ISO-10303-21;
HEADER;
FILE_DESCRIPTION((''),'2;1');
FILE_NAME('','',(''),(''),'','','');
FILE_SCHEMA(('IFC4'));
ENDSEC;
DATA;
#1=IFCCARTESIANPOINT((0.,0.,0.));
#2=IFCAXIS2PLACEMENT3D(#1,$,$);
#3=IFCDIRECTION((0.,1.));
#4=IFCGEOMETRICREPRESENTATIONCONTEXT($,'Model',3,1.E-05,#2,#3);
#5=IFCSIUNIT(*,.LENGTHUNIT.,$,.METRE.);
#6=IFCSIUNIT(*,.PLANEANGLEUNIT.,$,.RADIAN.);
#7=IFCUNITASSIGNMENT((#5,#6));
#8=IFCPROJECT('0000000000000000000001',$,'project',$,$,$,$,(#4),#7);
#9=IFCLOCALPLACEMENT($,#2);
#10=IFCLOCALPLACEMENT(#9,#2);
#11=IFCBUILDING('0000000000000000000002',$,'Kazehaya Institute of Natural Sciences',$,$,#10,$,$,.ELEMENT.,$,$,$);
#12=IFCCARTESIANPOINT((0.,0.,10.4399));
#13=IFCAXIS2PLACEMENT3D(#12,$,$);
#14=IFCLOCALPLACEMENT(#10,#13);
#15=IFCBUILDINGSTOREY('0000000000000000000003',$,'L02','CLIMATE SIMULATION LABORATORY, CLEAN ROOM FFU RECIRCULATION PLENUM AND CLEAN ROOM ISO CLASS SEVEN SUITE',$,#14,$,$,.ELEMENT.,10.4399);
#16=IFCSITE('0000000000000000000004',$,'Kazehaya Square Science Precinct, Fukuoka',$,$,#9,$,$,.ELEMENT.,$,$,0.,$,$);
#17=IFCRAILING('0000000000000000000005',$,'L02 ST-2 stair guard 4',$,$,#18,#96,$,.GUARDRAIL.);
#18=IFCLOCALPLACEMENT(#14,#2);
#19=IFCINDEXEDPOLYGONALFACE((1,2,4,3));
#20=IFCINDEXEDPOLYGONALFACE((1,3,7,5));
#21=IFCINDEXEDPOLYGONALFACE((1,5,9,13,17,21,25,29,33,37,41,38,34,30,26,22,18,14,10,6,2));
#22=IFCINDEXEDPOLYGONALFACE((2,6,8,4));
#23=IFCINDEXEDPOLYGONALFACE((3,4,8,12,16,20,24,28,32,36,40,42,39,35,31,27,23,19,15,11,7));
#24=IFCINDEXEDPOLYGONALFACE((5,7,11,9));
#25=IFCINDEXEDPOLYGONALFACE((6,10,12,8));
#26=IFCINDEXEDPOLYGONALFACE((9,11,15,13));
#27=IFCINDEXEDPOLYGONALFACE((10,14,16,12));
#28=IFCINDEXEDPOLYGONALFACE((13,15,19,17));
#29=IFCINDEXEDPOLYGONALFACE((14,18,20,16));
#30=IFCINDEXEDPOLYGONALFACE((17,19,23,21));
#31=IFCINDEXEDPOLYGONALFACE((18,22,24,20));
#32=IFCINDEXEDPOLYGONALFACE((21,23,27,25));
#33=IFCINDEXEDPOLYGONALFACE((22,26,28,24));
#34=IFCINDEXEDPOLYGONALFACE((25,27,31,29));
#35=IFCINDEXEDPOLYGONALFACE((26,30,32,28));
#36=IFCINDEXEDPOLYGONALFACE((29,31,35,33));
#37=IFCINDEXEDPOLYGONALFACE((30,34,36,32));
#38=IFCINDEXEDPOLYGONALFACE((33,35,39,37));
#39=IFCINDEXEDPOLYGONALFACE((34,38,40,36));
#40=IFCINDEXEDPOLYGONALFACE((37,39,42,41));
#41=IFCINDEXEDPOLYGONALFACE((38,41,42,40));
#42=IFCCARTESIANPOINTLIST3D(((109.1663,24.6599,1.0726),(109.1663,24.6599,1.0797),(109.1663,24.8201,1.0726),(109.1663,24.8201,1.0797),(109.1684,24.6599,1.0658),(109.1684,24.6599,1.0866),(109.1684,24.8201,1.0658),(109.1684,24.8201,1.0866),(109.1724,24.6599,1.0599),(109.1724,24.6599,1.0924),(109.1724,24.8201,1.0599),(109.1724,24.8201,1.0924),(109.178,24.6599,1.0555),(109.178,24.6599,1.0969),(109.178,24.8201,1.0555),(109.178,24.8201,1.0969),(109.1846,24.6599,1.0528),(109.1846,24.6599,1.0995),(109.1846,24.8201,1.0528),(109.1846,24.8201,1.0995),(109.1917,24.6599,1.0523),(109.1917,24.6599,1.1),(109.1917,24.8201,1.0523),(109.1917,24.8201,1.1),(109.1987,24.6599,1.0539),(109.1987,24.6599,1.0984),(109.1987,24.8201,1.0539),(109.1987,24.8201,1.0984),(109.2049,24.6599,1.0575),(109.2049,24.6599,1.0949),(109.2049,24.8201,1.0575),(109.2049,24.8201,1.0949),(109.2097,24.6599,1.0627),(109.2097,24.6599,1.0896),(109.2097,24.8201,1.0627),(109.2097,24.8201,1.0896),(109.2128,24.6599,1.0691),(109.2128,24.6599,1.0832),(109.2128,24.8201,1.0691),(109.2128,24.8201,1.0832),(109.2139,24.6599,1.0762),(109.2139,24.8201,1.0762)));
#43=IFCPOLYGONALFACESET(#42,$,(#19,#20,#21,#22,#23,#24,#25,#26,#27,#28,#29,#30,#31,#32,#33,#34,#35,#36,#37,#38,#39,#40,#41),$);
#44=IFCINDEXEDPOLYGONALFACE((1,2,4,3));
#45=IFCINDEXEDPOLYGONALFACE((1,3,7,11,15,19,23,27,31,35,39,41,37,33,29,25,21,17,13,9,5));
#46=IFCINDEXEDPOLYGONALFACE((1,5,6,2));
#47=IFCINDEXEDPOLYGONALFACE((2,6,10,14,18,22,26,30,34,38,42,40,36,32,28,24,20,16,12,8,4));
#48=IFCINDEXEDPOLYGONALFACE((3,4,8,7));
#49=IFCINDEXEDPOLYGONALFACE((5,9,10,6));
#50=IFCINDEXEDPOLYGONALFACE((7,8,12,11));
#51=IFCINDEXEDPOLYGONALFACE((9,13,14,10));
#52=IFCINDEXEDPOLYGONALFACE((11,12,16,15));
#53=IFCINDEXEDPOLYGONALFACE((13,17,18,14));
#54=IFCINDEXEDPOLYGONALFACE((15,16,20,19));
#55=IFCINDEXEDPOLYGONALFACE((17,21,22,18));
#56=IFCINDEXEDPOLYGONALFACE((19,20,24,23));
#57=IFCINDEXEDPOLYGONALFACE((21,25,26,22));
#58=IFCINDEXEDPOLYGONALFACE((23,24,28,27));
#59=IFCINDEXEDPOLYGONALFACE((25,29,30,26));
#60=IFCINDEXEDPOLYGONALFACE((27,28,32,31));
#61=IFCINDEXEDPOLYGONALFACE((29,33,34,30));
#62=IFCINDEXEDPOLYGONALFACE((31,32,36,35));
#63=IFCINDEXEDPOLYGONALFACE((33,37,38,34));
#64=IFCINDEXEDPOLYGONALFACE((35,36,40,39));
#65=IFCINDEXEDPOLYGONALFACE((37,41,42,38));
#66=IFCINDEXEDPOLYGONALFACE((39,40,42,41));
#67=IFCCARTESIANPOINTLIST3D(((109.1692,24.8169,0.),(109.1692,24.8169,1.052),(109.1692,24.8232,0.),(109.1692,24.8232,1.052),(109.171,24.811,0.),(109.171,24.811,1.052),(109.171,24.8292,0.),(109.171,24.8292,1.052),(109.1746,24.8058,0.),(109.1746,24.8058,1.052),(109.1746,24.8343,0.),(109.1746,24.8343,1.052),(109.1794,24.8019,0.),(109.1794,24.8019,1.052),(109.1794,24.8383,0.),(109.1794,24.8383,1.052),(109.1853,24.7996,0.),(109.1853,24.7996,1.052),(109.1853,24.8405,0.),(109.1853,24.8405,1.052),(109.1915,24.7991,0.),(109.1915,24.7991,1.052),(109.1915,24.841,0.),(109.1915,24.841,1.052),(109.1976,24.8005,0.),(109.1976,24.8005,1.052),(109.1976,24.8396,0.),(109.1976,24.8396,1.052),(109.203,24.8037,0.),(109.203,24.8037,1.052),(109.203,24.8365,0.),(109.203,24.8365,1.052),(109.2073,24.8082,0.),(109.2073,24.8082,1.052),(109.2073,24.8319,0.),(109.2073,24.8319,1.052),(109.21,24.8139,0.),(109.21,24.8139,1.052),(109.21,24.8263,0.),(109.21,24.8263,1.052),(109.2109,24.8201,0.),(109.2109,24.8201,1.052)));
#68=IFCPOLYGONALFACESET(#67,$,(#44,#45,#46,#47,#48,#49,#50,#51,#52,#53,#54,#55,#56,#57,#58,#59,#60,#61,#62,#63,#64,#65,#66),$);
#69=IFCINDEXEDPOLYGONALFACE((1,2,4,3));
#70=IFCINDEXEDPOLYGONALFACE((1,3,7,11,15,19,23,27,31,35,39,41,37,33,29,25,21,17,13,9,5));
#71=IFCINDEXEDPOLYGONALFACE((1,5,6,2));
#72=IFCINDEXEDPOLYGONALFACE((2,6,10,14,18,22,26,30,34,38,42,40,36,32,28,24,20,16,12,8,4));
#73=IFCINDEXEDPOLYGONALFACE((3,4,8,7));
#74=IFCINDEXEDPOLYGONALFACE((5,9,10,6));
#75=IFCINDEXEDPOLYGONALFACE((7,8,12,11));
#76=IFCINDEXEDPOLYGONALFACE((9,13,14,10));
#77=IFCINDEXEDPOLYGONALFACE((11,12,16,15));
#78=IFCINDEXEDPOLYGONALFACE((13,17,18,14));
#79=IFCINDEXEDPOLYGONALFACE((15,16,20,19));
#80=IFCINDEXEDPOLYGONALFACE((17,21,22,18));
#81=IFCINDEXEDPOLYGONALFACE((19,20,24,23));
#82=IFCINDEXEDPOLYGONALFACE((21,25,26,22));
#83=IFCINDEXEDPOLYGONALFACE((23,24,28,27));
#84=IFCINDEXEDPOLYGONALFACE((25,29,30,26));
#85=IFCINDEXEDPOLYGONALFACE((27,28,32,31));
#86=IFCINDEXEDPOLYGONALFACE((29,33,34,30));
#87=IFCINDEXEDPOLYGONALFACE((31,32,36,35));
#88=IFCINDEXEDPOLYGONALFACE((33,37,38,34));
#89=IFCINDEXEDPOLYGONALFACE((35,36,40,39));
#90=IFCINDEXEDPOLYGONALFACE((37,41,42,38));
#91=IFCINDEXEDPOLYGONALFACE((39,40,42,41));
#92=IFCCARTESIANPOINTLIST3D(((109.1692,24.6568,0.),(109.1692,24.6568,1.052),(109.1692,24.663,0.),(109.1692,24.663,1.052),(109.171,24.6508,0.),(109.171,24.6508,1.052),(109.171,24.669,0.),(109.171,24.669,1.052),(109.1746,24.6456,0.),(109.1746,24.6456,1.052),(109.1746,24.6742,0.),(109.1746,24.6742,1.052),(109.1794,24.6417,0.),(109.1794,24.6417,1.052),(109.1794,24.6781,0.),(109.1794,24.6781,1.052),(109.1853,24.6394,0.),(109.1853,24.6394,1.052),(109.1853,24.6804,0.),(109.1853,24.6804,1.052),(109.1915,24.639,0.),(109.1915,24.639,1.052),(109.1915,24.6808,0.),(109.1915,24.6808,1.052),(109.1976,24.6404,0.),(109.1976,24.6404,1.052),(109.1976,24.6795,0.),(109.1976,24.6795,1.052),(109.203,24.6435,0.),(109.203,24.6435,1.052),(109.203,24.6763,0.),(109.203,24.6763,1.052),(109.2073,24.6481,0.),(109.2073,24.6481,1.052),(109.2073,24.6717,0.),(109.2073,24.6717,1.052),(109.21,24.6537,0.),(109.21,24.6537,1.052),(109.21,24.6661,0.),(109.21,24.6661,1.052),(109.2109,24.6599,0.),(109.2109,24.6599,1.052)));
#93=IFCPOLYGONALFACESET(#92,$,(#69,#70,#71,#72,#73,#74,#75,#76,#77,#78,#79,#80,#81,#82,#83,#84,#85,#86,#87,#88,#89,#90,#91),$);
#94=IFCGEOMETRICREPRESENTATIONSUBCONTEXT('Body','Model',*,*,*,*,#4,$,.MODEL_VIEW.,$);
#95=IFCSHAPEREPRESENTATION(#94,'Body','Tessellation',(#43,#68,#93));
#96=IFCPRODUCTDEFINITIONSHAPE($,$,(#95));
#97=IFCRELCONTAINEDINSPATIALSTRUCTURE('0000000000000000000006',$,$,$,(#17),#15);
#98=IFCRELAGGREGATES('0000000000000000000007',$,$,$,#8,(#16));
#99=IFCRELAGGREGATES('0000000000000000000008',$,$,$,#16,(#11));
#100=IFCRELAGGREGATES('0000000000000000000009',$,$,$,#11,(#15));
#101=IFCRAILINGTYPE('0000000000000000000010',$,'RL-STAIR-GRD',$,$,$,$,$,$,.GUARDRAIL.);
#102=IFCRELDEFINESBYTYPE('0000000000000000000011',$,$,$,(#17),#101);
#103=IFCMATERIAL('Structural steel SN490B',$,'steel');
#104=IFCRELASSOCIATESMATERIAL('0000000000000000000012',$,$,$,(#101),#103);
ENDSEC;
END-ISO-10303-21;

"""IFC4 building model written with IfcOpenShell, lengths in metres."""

from ifc_helpers import new_model, si_unit, direction, frame, origin, origin_2d, place, context, subcontext, project, spatial, circle, extrude, material, type_object, element, save


model = new_model("IFC4")

# Units and contexts
model_context = context("Model", 3, precision=1e-05, world=origin(), true_north=direction((0.0, 1.0)))
body_context = subcontext(model_context, "Body", "Model", "MODEL_VIEW")
ifc_project = project(units=[si_unit("LENGTHUNIT", "METRE"), si_unit("PLANEANGLEUNIT", "RADIAN")], contexts=[model_context])

# Site, building, storey
site_placement = place(None, origin())
site = spatial("IfcSite", under=ifc_project, at=site_placement, Name="Kazehaya Square Science Precinct, Fukuoka", CompositionType="ELEMENT", RefElevation=0.0)
building_placement = place(site_placement, origin())
building = spatial("IfcBuilding", under=site, at=building_placement, Name="Kazehaya Institute of Natural Sciences", CompositionType="ELEMENT")
storey_placement = place(building_placement, frame((0.0, 0.0, 10.4399)))
storey = spatial("IfcBuildingStorey", under=building, at=storey_placement, Name="L02", Description="CLIMATE SIMULATION LABORATORY, CLEAN ROOM FFU RECIRCULATION PLENUM AND CLEAN ROOM ISO CLASS SEVEN SUITE", CompositionType="ELEMENT", Elevation=10.4399)

# Railing
ifc_material_1 = material(Name="Structural steel SN490B", Category="steel")
railing_type_1 = type_object("IfcRailingType", Name="RL-STAIR-GRD", PredefinedType="GUARDRAIL", material=ifc_material_1)
railing_1_placement = place(storey_placement, frame((109.1899, 24.8201, 0.0)))
element("IfcRailing", 1, at=railing_1_placement, inside=storey, type_object=railing_type_1, Name="L02 ST-2 stair guard 4", PredefinedType="GUARDRAIL", context=body_context, shape_type="SweptSolid", body=[
    extrude(circle(Radius=0.0239, at=origin_2d()), frame((0.0, 0.0, 1.0762), z_axis=(0.0, -1.0, 0.0), x_axis=(1.0, 0.0, 0.0)), (0.0, 0.0, 1.0), 0.1602),
    extrude(circle(Radius=0.021, at=origin_2d()), origin(), (0.0, 0.0, 1.0), 1.052),
    extrude(circle(Radius=0.021, at=origin_2d()), frame((0.0, -0.1602, 0.0)), (0.0, 0.0, 1.0), 1.052),
])

save(model, "model.ifc")
